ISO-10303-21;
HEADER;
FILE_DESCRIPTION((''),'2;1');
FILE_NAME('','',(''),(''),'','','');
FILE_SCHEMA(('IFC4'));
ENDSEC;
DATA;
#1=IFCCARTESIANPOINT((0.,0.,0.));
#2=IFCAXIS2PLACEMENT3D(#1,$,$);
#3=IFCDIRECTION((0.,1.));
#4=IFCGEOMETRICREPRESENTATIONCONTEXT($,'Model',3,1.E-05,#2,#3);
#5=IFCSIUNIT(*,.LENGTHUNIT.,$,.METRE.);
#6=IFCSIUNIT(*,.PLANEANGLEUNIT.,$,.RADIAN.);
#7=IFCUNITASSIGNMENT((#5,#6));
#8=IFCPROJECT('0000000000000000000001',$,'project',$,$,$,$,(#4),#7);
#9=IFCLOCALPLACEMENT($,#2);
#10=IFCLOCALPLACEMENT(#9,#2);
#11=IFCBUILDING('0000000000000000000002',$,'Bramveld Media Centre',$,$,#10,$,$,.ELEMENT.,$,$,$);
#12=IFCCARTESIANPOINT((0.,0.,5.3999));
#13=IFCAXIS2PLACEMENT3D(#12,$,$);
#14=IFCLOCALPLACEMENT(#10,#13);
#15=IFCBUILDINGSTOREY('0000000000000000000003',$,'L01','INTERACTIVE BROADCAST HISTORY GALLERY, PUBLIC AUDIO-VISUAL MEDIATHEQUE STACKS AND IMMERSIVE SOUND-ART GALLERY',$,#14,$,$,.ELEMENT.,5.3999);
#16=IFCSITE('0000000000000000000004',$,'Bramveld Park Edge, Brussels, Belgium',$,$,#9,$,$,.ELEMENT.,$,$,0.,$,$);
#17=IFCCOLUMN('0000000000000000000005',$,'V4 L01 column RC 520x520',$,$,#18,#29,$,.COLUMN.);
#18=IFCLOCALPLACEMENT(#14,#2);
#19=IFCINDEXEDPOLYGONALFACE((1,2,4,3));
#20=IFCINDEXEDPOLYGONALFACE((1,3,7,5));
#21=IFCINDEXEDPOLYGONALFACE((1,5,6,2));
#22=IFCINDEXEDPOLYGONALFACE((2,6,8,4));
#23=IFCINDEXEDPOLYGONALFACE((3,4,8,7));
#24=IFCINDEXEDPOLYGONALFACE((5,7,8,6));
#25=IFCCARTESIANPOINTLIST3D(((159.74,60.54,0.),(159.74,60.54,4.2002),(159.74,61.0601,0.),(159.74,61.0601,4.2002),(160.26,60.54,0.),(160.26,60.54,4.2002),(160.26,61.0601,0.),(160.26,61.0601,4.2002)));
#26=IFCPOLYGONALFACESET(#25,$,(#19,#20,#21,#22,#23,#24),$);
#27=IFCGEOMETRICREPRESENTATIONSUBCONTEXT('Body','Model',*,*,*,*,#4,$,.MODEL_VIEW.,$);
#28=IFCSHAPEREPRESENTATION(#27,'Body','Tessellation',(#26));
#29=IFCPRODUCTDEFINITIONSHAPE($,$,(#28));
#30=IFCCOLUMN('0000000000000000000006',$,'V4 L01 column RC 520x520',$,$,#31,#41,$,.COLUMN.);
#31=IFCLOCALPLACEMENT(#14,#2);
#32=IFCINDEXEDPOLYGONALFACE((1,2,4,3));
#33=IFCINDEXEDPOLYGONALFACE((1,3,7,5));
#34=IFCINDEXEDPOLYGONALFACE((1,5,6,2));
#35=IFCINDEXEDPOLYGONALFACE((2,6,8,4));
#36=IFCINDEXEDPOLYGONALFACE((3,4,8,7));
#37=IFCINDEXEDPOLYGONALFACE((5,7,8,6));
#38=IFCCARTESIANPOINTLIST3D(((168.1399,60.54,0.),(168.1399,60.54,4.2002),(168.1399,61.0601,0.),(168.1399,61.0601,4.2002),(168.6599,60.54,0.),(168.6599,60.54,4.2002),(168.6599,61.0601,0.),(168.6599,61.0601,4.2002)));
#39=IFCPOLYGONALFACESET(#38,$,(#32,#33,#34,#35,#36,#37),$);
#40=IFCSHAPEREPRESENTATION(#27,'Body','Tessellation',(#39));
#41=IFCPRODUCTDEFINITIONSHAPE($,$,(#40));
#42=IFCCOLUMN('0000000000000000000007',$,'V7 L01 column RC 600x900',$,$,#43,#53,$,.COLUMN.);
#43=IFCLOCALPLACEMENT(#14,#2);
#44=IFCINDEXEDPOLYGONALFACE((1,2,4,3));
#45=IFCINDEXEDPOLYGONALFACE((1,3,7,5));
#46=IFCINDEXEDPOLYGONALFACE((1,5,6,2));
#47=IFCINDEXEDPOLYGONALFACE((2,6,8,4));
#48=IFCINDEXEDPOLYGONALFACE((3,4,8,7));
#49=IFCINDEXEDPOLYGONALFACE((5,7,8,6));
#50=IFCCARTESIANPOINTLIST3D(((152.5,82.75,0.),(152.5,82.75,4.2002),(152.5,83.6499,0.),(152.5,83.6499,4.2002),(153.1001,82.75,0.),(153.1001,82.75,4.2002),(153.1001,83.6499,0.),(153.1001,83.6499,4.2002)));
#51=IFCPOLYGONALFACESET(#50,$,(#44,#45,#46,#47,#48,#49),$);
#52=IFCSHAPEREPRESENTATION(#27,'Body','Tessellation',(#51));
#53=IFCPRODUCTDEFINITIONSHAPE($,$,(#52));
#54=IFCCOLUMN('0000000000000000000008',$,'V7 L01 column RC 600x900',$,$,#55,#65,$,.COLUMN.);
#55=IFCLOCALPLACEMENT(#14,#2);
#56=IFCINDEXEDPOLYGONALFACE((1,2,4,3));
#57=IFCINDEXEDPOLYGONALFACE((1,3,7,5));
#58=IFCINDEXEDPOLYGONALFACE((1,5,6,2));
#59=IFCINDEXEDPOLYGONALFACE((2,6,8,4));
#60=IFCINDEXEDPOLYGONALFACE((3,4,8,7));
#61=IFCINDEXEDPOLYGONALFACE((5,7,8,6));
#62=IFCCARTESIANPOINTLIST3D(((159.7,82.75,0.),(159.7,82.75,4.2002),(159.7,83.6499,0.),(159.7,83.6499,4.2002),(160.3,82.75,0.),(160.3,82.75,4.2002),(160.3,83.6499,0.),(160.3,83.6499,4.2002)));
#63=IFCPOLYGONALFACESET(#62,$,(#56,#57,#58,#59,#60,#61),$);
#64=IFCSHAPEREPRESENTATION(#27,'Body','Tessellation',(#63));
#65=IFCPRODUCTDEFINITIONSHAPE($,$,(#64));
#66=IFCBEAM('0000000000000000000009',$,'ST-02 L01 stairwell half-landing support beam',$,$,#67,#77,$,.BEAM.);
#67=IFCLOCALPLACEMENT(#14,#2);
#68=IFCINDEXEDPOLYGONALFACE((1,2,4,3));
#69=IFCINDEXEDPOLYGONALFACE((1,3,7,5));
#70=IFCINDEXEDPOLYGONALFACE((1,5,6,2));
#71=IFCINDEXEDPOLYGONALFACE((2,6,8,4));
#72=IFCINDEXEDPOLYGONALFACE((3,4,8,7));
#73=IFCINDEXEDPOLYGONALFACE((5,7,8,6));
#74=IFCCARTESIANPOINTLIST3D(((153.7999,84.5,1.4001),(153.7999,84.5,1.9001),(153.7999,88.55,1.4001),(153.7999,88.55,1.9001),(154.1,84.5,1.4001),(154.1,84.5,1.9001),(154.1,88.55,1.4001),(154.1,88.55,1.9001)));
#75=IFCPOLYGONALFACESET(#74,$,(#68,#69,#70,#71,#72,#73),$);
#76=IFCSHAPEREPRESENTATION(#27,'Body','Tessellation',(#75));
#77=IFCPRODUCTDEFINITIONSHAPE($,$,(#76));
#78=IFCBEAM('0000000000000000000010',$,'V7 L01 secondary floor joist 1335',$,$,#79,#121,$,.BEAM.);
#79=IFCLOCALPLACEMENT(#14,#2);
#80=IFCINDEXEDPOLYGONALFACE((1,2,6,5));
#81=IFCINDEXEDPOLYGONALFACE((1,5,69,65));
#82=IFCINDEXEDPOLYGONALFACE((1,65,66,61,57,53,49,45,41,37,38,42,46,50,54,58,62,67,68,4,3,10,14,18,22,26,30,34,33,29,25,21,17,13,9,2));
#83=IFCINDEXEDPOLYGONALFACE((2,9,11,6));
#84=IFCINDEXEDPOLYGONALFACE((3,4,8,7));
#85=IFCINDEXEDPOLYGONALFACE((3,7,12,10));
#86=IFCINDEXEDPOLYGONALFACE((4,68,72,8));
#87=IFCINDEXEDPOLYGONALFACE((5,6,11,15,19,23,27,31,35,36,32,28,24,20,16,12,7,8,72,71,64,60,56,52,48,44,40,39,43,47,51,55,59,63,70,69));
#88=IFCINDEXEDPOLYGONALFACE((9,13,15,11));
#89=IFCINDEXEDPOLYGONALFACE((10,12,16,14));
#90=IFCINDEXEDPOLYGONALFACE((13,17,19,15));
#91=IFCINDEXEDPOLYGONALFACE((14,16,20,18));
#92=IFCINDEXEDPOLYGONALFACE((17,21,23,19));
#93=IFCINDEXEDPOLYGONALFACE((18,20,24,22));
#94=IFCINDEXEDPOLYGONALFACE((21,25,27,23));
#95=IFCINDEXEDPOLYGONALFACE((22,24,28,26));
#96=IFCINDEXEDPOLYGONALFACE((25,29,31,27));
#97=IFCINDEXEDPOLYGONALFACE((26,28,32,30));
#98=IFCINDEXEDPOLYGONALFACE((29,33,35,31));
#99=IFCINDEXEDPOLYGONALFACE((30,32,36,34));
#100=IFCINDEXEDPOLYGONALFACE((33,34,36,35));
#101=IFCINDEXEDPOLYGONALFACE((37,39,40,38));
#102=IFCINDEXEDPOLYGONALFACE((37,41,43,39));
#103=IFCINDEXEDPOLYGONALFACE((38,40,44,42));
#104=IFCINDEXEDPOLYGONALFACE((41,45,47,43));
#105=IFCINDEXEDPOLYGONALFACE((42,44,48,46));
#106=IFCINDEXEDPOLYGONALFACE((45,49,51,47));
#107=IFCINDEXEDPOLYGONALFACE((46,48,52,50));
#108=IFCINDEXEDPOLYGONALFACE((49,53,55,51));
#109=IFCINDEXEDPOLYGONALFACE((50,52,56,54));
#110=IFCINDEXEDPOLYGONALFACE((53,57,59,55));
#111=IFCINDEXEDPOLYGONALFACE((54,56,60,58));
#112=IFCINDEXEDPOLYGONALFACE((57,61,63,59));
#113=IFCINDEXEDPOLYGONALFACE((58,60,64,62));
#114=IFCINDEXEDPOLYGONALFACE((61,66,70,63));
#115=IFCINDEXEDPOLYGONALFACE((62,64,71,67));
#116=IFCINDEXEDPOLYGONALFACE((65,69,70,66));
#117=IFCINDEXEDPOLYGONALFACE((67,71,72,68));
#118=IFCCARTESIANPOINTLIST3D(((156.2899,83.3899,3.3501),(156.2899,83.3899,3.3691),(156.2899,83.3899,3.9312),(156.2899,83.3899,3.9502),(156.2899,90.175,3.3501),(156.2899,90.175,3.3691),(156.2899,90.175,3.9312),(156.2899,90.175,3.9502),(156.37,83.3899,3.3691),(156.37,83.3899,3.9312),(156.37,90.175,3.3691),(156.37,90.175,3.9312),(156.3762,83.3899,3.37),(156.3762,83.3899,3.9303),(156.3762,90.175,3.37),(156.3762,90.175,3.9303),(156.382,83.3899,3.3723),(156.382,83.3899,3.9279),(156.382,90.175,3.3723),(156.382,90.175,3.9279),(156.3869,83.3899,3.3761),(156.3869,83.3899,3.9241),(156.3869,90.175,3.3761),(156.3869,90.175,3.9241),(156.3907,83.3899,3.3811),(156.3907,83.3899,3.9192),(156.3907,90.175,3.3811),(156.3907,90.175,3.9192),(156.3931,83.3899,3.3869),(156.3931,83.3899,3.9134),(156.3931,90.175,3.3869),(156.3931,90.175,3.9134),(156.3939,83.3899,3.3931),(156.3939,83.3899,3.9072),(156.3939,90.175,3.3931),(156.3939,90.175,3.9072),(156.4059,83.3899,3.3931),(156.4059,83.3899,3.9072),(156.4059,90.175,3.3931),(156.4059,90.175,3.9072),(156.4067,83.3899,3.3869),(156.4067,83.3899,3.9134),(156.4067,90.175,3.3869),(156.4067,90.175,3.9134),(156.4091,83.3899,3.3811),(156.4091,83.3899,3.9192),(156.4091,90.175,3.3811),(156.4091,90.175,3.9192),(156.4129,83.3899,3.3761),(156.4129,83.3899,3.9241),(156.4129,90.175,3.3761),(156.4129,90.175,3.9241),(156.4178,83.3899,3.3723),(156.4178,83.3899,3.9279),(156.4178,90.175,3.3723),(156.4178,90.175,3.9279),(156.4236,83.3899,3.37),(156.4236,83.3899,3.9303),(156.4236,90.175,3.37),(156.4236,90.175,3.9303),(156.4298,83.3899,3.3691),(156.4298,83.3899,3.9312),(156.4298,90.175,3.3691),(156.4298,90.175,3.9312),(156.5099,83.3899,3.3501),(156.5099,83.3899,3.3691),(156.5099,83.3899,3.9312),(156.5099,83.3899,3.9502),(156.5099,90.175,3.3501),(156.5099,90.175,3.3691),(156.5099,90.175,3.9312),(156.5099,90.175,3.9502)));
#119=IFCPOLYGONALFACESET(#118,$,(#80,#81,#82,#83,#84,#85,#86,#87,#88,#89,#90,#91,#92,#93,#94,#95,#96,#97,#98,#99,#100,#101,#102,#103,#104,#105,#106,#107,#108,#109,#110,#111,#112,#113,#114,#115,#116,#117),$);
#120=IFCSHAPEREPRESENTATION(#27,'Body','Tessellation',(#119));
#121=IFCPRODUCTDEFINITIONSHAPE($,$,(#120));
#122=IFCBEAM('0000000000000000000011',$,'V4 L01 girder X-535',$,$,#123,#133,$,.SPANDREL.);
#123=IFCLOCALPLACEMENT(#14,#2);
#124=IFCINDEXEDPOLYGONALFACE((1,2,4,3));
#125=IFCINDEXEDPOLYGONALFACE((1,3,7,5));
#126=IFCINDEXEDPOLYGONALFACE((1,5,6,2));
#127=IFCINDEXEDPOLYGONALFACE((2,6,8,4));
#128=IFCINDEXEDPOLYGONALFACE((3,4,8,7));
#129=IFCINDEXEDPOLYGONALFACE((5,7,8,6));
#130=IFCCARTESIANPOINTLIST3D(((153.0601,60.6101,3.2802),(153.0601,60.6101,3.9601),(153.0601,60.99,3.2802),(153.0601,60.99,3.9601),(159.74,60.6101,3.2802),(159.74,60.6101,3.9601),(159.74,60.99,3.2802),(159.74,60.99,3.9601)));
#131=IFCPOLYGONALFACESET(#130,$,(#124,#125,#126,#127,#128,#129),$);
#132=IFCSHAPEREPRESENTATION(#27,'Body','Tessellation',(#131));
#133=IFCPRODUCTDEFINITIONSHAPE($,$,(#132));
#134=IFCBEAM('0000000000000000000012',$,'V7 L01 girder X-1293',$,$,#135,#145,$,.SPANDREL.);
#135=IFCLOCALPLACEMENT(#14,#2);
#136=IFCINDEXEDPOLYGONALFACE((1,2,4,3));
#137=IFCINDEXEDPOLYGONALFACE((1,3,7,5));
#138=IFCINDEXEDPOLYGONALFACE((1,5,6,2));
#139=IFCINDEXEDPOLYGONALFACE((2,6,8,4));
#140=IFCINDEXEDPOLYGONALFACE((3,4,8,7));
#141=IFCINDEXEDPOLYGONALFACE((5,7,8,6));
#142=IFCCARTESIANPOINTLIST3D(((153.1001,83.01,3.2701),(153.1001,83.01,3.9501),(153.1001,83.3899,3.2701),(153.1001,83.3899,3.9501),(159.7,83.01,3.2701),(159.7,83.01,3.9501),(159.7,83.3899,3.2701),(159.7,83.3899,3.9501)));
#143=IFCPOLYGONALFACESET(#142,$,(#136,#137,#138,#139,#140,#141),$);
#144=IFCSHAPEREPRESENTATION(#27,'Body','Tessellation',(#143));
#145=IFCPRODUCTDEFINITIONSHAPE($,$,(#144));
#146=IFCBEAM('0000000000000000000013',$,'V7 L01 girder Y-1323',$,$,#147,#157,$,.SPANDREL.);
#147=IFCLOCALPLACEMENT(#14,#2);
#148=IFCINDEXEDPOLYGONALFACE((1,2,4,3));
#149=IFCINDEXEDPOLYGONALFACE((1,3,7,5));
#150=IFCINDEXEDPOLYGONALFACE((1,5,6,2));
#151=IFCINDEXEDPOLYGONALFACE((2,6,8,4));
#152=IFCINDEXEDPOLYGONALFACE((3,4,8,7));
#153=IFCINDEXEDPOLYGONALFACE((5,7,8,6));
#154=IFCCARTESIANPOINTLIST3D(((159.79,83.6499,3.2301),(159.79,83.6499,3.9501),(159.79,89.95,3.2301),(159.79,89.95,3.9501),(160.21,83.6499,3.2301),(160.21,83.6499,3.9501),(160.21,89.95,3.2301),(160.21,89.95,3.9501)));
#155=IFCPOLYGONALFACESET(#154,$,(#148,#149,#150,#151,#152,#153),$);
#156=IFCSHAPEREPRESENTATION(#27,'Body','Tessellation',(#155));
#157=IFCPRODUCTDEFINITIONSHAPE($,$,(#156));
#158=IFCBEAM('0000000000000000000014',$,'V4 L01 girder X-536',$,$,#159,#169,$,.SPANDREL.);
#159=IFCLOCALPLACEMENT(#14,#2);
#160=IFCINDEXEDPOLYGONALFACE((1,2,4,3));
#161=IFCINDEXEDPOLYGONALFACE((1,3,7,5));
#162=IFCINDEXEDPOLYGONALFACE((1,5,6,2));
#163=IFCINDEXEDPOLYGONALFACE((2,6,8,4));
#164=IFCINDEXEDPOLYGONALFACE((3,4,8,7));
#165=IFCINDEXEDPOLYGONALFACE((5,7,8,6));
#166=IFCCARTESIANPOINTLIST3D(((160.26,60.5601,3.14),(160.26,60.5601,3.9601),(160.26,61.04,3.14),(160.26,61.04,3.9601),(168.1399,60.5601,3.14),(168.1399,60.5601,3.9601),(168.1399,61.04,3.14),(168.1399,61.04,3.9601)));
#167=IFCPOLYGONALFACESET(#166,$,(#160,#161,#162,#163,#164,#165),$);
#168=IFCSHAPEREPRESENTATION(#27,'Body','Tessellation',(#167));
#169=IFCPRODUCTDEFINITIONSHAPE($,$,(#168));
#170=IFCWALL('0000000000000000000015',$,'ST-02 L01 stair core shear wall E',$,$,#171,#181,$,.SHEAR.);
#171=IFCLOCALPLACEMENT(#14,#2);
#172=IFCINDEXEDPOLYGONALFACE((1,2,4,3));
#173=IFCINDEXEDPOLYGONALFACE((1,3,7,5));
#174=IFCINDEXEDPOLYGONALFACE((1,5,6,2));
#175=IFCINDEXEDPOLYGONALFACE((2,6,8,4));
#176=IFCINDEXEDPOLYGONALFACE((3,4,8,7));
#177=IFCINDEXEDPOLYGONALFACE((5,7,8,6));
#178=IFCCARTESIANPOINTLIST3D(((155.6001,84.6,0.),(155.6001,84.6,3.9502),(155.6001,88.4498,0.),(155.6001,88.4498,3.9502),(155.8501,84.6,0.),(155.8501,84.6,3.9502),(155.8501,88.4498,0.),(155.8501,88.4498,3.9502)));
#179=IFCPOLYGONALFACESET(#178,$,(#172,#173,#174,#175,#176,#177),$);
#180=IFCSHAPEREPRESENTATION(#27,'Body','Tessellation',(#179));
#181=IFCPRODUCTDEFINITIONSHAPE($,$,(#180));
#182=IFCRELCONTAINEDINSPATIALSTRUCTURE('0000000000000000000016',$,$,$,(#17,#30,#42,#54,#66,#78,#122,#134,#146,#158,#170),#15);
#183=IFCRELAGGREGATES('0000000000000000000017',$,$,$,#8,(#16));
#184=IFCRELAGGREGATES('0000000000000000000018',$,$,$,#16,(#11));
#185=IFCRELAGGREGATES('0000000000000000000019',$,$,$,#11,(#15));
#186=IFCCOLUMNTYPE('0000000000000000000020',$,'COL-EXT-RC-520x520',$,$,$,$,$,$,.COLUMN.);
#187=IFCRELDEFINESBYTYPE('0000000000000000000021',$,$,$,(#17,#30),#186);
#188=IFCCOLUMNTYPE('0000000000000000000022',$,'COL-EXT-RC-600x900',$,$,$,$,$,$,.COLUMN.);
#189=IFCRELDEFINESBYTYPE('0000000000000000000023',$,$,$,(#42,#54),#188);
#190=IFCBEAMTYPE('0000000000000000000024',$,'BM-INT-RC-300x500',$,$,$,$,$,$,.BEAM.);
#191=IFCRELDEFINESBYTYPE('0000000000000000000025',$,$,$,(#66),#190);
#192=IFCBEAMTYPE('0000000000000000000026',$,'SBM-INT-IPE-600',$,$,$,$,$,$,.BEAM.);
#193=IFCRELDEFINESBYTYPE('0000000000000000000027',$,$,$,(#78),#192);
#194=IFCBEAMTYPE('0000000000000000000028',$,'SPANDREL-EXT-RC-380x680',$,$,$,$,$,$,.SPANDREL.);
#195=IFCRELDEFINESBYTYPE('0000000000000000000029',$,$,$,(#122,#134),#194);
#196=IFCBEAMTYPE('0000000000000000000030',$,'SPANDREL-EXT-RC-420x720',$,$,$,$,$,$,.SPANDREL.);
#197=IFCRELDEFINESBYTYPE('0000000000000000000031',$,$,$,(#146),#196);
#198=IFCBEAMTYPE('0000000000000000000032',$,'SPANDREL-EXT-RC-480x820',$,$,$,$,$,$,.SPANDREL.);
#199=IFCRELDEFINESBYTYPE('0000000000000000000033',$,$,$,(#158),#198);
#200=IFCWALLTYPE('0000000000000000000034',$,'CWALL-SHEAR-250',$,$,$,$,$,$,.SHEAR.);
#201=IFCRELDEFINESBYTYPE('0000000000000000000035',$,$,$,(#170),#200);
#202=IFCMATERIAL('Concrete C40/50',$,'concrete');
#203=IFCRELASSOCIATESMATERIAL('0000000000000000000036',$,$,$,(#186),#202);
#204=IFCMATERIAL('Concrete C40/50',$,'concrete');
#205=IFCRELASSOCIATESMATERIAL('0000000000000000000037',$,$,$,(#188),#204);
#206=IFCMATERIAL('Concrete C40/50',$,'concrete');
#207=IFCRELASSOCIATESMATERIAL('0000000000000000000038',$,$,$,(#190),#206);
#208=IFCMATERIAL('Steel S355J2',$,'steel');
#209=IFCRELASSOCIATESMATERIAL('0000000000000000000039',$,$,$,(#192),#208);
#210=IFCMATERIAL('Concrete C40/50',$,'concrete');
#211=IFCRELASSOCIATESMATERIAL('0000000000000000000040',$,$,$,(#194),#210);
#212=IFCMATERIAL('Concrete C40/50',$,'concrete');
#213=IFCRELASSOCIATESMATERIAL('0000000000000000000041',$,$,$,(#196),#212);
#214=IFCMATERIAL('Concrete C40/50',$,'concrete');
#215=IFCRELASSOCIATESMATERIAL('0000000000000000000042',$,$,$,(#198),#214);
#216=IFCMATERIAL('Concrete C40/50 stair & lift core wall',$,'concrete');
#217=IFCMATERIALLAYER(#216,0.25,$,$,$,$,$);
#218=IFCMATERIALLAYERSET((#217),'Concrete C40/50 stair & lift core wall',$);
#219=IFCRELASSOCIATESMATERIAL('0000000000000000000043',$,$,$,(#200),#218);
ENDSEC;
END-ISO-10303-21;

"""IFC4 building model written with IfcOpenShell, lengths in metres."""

from ifc_helpers import new_model, si_unit, direction, frame, frame_2d, origin, origin_2d, place, context, subcontext, project, spatial, rectangle, i_section, extrude, material, layer, layer_set, material_profile, profile_set, type_object, element, save


model = new_model("IFC4")

# Units and contexts
model_context = context("Model", 3, precision=1e-05, world=origin(), true_north=direction((0.0, 1.0)))
body_context = subcontext(model_context, "Body", "Model", "MODEL_VIEW")
ifc_project = project(units=[si_unit("LENGTHUNIT", "METRE"), si_unit("PLANEANGLEUNIT", "RADIAN")], contexts=[model_context])

# Site, building, storey
site_placement = place(None, origin())
site = spatial("IfcSite", under=ifc_project, at=site_placement, Name="Bramveld Park Edge, Brussels, Belgium", CompositionType="ELEMENT", RefElevation=0.0)
building_placement = place(site_placement, origin())
building = spatial("IfcBuilding", under=site, at=building_placement, Name="Bramveld Media Centre", CompositionType="ELEMENT")
storey_placement = place(building_placement, frame((0.0, 0.0, 5.3999)))
storey = spatial("IfcBuildingStorey", under=building, at=storey_placement, Name="L01", Description="INTERACTIVE BROADCAST HISTORY GALLERY, PUBLIC AUDIO-VISUAL MEDIATHEQUE STACKS AND IMMERSIVE SOUND-ART GALLERY", CompositionType="ELEMENT", Elevation=5.3999)

# Columns
ifc_material_1 = material(Name="Concrete C40/50", Category="concrete")
ifc_material_profile_1 = material_profile(ifc_material_1, rectangle(XDim=0.52, YDim=0.52, at=origin_2d()), Name="RC 520x520")
ifc_profile_set_1 = profile_set([ifc_material_profile_1], Name="Concrete C40/50")
column_type_1 = type_object("IfcColumnType", Name="COL-EXT-RC-520x520", PredefinedType="COLUMN", material=ifc_profile_set_1)
for number, where, z_axis, x_axis, name in (
    (1, (160.0, 60.8, 0.0), (0.0, 0.0, 1.0), (1.0, 0.0, 0.0), "V4 L01 column RC 520x520"),
    (2, (168.3999, 60.8, 0.0), (0.0, 0.0, 1.0), (1.0, 0.0, 0.0), "V4 L01 column RC 520x520"),
):
    element("IfcColumn", number, at=place(storey_placement, frame(where, z_axis=z_axis, x_axis=x_axis)), inside=storey, type_object=column_type_1, Name=name, PredefinedType="COLUMN", context=body_context, shape_type="SweptSolid", body=[
        extrude(rectangle(XDim=0.52, YDim=0.52, at=origin_2d()), origin(), (0.0, 0.0, 1.0), 4.2002),
    ])
ifc_material_2 = material(Name="Concrete C40/50", Category="concrete")
ifc_material_profile_2 = material_profile(ifc_material_2, rectangle(XDim=0.6001, YDim=0.8999, at=origin_2d()), Name="RC 600x900")
ifc_profile_set_2 = profile_set([ifc_material_profile_2], Name="Concrete C40/50")
column_type_2 = type_object("IfcColumnType", Name="COL-EXT-RC-600x900", PredefinedType="COLUMN", material=ifc_profile_set_2)
for number, where, z_axis, x_axis, name in (
    (3, (152.8, 83.2, 0.0), (0.0, 0.0, 1.0), (1.0, 0.0, 0.0), "V7 L01 column RC 600x900"),
    (4, (160.0, 83.2, 0.0), (0.0, 0.0, 1.0), (1.0, 0.0, 0.0), "V7 L01 column RC 600x900"),
):
    element("IfcColumn", number, at=place(storey_placement, frame(where, z_axis=z_axis, x_axis=x_axis)), inside=storey, type_object=column_type_2, Name=name, PredefinedType="COLUMN", context=body_context, shape_type="SweptSolid", body=[
        extrude(rectangle(XDim=0.6001, YDim=0.8999, at=origin_2d()), origin(), (0.0, 0.0, 1.0), 4.2002),
    ])

# Beams
ifc_material_3 = material(Name="Concrete C40/50", Category="concrete")
ifc_material_profile_3 = material_profile(ifc_material_3, rectangle(XDim=0.3, YDim=0.5, at=origin_2d()), Name="RC 300x500")
ifc_profile_set_3 = profile_set([ifc_material_profile_3], Name="Concrete C40/50")
beam_type_1 = type_object("IfcBeamType", Name="BM-INT-RC-300x500", PredefinedType="BEAM", material=ifc_profile_set_3)
beam_1_placement = place(storey_placement, frame((153.95, 84.5, 1.6501), z_axis=(0.0, 1.0, 0.0), x_axis=(-1.0, 0.0, 0.0)))
element("IfcBeam", 5, at=beam_1_placement, inside=storey, type_object=beam_type_1, Name="ST-02 L01 stairwell half-landing support beam", PredefinedType="BEAM", context=body_context, shape_type="SweptSolid", body=[
    extrude(rectangle(XDim=0.3, YDim=0.5, at=origin_2d()), origin(), (0.0, 0.0, 1.0), 4.05),
])
ifc_material_4 = material(Name="Steel S355J2", Category="steel")
ifc_material_profile_4 = material_profile(ifc_material_4, i_section(OverallWidth=0.22, OverallDepth=0.6001, WebThickness=0.012, FlangeThickness=0.019, FilletRadius=0.0239, at=origin_2d()), Name="IPE 600")
ifc_profile_set_4 = profile_set([ifc_material_profile_4], Name="Steel S355J2")
beam_type_2 = type_object("IfcBeamType", Name="SBM-INT-IPE-600", PredefinedType="BEAM", material=ifc_profile_set_4)
beam_2_placement = place(storey_placement, frame((156.3999, 83.3899, 3.6501), z_axis=(0.0, 1.0, 0.0), x_axis=(-1.0, 0.0, 0.0)))
element("IfcBeam", 6, at=beam_2_placement, inside=storey, type_object=beam_type_2, Name="V7 L01 secondary floor joist 1335", PredefinedType="BEAM", context=body_context, shape_type="SweptSolid", body=[
    extrude(i_section(OverallWidth=0.22, OverallDepth=0.6001, WebThickness=0.012, FlangeThickness=0.019, FilletRadius=0.0239, at=origin_2d()), origin(), (0.0, 0.0, 1.0), 6.7852),
])
ifc_material_5 = material(Name="Concrete C40/50", Category="concrete")
ifc_material_profile_5 = material_profile(ifc_material_5, rectangle(XDim=0.3799, YDim=0.6799, at=origin_2d()), Name="RC 380x680")
ifc_profile_set_5 = profile_set([ifc_material_profile_5], Name="Concrete C40/50")
beam_type_3 = type_object("IfcBeamType", Name="SPANDREL-EXT-RC-380x680", PredefinedType="SPANDREL", material=ifc_profile_set_5)
beam_3_placement = place(storey_placement, frame((153.0601, 60.8, 3.6201), z_axis=(1.0, 0.0, 0.0), x_axis=(0.0, 1.0, 0.0)))
element("IfcBeam", 7, at=beam_3_placement, inside=storey, type_object=beam_type_3, Name="V4 L01 girder X-535", PredefinedType="SPANDREL", context=body_context, shape_type="SweptSolid", body=[
    extrude(rectangle(XDim=0.3799, YDim=0.6799, at=origin_2d()), origin(), (0.0, 0.0, 1.0), 6.6799),
])
beam_4_placement = place(storey_placement, frame((153.1001, 83.2, 3.6101), z_axis=(1.0, 0.0, 0.0), x_axis=(0.0, 1.0, 0.0)))
element("IfcBeam", 8, at=beam_4_placement, inside=storey, type_object=beam_type_3, Name="V7 L01 girder X-1293", PredefinedType="SPANDREL", context=body_context, shape_type="SweptSolid", body=[
    extrude(rectangle(XDim=0.3799, YDim=0.6799, at=origin_2d()), origin(), (0.0, 0.0, 1.0), 6.5999),
])
ifc_material_6 = material(Name="Concrete C40/50", Category="concrete")
ifc_material_profile_6 = material_profile(ifc_material_6, rectangle(XDim=0.4199, YDim=0.72, at=origin_2d()), Name="RC 420x720")
ifc_profile_set_6 = profile_set([ifc_material_profile_6], Name="Concrete C40/50")
beam_type_4 = type_object("IfcBeamType", Name="SPANDREL-EXT-RC-420x720", PredefinedType="SPANDREL", material=ifc_profile_set_6)
beam_5_placement = place(storey_placement, frame((160.0, 83.6499, 3.5901), z_axis=(0.0, 1.0, 0.0), x_axis=(-1.0, 0.0, 0.0)))
element("IfcBeam", 9, at=beam_5_placement, inside=storey, type_object=beam_type_4, Name="V7 L01 girder Y-1323", PredefinedType="SPANDREL", context=body_context, shape_type="SweptSolid", body=[
    extrude(rectangle(XDim=0.4199, YDim=0.72, at=origin_2d()), origin(), (0.0, 0.0, 1.0), 6.3),
])
ifc_material_7 = material(Name="Concrete C40/50", Category="concrete")
ifc_material_profile_7 = material_profile(ifc_material_7, rectangle(XDim=0.48, YDim=0.8201, at=origin_2d()), Name="RC 480x820")
ifc_profile_set_7 = profile_set([ifc_material_profile_7], Name="Concrete C40/50")
beam_type_5 = type_object("IfcBeamType", Name="SPANDREL-EXT-RC-480x820", PredefinedType="SPANDREL", material=ifc_profile_set_7)
beam_6_placement = place(storey_placement, frame((160.26, 60.8, 3.55), z_axis=(1.0, 0.0, 0.0), x_axis=(0.0, 1.0, 0.0)))
element("IfcBeam", 10, at=beam_6_placement, inside=storey, type_object=beam_type_5, Name="V4 L01 girder X-536", PredefinedType="SPANDREL", context=body_context, shape_type="SweptSolid", body=[
    extrude(rectangle(XDim=0.48, YDim=0.8201, at=origin_2d()), origin(), (0.0, 0.0, 1.0), 7.8799),
])

# Wall
ifc_material_8 = material(Name="Concrete C40/50 stair & lift core wall", Category="concrete")
ifc_layer_1 = layer(ifc_material_8, 0.25)
ifc_layer_set_1 = layer_set([ifc_layer_1], Name="Concrete C40/50 stair & lift core wall")
wall_type_1 = type_object("IfcWallType", Name="CWALL-SHEAR-250", PredefinedType="SHEAR", material=ifc_layer_set_1)
wall_1_placement = place(storey_placement, frame((155.7251, 84.6001, 0.0), z_axis=(0.0, 0.0, 1.0), x_axis=(0.0, 1.0, 0.0)))
element("IfcWall", 11, at=wall_1_placement, inside=storey, type_object=wall_type_1, Name="ST-02 L01 stair core shear wall E", PredefinedType="SHEAR", context=body_context, shape_type="SweptSolid", body=[
    extrude(rectangle(XDim=3.8499, YDim=0.25, at=frame_2d((1.9248, 0.0))), origin(), (0.0, 0.0, 1.0), 3.9502),
])

save(model, "model.ifc")
